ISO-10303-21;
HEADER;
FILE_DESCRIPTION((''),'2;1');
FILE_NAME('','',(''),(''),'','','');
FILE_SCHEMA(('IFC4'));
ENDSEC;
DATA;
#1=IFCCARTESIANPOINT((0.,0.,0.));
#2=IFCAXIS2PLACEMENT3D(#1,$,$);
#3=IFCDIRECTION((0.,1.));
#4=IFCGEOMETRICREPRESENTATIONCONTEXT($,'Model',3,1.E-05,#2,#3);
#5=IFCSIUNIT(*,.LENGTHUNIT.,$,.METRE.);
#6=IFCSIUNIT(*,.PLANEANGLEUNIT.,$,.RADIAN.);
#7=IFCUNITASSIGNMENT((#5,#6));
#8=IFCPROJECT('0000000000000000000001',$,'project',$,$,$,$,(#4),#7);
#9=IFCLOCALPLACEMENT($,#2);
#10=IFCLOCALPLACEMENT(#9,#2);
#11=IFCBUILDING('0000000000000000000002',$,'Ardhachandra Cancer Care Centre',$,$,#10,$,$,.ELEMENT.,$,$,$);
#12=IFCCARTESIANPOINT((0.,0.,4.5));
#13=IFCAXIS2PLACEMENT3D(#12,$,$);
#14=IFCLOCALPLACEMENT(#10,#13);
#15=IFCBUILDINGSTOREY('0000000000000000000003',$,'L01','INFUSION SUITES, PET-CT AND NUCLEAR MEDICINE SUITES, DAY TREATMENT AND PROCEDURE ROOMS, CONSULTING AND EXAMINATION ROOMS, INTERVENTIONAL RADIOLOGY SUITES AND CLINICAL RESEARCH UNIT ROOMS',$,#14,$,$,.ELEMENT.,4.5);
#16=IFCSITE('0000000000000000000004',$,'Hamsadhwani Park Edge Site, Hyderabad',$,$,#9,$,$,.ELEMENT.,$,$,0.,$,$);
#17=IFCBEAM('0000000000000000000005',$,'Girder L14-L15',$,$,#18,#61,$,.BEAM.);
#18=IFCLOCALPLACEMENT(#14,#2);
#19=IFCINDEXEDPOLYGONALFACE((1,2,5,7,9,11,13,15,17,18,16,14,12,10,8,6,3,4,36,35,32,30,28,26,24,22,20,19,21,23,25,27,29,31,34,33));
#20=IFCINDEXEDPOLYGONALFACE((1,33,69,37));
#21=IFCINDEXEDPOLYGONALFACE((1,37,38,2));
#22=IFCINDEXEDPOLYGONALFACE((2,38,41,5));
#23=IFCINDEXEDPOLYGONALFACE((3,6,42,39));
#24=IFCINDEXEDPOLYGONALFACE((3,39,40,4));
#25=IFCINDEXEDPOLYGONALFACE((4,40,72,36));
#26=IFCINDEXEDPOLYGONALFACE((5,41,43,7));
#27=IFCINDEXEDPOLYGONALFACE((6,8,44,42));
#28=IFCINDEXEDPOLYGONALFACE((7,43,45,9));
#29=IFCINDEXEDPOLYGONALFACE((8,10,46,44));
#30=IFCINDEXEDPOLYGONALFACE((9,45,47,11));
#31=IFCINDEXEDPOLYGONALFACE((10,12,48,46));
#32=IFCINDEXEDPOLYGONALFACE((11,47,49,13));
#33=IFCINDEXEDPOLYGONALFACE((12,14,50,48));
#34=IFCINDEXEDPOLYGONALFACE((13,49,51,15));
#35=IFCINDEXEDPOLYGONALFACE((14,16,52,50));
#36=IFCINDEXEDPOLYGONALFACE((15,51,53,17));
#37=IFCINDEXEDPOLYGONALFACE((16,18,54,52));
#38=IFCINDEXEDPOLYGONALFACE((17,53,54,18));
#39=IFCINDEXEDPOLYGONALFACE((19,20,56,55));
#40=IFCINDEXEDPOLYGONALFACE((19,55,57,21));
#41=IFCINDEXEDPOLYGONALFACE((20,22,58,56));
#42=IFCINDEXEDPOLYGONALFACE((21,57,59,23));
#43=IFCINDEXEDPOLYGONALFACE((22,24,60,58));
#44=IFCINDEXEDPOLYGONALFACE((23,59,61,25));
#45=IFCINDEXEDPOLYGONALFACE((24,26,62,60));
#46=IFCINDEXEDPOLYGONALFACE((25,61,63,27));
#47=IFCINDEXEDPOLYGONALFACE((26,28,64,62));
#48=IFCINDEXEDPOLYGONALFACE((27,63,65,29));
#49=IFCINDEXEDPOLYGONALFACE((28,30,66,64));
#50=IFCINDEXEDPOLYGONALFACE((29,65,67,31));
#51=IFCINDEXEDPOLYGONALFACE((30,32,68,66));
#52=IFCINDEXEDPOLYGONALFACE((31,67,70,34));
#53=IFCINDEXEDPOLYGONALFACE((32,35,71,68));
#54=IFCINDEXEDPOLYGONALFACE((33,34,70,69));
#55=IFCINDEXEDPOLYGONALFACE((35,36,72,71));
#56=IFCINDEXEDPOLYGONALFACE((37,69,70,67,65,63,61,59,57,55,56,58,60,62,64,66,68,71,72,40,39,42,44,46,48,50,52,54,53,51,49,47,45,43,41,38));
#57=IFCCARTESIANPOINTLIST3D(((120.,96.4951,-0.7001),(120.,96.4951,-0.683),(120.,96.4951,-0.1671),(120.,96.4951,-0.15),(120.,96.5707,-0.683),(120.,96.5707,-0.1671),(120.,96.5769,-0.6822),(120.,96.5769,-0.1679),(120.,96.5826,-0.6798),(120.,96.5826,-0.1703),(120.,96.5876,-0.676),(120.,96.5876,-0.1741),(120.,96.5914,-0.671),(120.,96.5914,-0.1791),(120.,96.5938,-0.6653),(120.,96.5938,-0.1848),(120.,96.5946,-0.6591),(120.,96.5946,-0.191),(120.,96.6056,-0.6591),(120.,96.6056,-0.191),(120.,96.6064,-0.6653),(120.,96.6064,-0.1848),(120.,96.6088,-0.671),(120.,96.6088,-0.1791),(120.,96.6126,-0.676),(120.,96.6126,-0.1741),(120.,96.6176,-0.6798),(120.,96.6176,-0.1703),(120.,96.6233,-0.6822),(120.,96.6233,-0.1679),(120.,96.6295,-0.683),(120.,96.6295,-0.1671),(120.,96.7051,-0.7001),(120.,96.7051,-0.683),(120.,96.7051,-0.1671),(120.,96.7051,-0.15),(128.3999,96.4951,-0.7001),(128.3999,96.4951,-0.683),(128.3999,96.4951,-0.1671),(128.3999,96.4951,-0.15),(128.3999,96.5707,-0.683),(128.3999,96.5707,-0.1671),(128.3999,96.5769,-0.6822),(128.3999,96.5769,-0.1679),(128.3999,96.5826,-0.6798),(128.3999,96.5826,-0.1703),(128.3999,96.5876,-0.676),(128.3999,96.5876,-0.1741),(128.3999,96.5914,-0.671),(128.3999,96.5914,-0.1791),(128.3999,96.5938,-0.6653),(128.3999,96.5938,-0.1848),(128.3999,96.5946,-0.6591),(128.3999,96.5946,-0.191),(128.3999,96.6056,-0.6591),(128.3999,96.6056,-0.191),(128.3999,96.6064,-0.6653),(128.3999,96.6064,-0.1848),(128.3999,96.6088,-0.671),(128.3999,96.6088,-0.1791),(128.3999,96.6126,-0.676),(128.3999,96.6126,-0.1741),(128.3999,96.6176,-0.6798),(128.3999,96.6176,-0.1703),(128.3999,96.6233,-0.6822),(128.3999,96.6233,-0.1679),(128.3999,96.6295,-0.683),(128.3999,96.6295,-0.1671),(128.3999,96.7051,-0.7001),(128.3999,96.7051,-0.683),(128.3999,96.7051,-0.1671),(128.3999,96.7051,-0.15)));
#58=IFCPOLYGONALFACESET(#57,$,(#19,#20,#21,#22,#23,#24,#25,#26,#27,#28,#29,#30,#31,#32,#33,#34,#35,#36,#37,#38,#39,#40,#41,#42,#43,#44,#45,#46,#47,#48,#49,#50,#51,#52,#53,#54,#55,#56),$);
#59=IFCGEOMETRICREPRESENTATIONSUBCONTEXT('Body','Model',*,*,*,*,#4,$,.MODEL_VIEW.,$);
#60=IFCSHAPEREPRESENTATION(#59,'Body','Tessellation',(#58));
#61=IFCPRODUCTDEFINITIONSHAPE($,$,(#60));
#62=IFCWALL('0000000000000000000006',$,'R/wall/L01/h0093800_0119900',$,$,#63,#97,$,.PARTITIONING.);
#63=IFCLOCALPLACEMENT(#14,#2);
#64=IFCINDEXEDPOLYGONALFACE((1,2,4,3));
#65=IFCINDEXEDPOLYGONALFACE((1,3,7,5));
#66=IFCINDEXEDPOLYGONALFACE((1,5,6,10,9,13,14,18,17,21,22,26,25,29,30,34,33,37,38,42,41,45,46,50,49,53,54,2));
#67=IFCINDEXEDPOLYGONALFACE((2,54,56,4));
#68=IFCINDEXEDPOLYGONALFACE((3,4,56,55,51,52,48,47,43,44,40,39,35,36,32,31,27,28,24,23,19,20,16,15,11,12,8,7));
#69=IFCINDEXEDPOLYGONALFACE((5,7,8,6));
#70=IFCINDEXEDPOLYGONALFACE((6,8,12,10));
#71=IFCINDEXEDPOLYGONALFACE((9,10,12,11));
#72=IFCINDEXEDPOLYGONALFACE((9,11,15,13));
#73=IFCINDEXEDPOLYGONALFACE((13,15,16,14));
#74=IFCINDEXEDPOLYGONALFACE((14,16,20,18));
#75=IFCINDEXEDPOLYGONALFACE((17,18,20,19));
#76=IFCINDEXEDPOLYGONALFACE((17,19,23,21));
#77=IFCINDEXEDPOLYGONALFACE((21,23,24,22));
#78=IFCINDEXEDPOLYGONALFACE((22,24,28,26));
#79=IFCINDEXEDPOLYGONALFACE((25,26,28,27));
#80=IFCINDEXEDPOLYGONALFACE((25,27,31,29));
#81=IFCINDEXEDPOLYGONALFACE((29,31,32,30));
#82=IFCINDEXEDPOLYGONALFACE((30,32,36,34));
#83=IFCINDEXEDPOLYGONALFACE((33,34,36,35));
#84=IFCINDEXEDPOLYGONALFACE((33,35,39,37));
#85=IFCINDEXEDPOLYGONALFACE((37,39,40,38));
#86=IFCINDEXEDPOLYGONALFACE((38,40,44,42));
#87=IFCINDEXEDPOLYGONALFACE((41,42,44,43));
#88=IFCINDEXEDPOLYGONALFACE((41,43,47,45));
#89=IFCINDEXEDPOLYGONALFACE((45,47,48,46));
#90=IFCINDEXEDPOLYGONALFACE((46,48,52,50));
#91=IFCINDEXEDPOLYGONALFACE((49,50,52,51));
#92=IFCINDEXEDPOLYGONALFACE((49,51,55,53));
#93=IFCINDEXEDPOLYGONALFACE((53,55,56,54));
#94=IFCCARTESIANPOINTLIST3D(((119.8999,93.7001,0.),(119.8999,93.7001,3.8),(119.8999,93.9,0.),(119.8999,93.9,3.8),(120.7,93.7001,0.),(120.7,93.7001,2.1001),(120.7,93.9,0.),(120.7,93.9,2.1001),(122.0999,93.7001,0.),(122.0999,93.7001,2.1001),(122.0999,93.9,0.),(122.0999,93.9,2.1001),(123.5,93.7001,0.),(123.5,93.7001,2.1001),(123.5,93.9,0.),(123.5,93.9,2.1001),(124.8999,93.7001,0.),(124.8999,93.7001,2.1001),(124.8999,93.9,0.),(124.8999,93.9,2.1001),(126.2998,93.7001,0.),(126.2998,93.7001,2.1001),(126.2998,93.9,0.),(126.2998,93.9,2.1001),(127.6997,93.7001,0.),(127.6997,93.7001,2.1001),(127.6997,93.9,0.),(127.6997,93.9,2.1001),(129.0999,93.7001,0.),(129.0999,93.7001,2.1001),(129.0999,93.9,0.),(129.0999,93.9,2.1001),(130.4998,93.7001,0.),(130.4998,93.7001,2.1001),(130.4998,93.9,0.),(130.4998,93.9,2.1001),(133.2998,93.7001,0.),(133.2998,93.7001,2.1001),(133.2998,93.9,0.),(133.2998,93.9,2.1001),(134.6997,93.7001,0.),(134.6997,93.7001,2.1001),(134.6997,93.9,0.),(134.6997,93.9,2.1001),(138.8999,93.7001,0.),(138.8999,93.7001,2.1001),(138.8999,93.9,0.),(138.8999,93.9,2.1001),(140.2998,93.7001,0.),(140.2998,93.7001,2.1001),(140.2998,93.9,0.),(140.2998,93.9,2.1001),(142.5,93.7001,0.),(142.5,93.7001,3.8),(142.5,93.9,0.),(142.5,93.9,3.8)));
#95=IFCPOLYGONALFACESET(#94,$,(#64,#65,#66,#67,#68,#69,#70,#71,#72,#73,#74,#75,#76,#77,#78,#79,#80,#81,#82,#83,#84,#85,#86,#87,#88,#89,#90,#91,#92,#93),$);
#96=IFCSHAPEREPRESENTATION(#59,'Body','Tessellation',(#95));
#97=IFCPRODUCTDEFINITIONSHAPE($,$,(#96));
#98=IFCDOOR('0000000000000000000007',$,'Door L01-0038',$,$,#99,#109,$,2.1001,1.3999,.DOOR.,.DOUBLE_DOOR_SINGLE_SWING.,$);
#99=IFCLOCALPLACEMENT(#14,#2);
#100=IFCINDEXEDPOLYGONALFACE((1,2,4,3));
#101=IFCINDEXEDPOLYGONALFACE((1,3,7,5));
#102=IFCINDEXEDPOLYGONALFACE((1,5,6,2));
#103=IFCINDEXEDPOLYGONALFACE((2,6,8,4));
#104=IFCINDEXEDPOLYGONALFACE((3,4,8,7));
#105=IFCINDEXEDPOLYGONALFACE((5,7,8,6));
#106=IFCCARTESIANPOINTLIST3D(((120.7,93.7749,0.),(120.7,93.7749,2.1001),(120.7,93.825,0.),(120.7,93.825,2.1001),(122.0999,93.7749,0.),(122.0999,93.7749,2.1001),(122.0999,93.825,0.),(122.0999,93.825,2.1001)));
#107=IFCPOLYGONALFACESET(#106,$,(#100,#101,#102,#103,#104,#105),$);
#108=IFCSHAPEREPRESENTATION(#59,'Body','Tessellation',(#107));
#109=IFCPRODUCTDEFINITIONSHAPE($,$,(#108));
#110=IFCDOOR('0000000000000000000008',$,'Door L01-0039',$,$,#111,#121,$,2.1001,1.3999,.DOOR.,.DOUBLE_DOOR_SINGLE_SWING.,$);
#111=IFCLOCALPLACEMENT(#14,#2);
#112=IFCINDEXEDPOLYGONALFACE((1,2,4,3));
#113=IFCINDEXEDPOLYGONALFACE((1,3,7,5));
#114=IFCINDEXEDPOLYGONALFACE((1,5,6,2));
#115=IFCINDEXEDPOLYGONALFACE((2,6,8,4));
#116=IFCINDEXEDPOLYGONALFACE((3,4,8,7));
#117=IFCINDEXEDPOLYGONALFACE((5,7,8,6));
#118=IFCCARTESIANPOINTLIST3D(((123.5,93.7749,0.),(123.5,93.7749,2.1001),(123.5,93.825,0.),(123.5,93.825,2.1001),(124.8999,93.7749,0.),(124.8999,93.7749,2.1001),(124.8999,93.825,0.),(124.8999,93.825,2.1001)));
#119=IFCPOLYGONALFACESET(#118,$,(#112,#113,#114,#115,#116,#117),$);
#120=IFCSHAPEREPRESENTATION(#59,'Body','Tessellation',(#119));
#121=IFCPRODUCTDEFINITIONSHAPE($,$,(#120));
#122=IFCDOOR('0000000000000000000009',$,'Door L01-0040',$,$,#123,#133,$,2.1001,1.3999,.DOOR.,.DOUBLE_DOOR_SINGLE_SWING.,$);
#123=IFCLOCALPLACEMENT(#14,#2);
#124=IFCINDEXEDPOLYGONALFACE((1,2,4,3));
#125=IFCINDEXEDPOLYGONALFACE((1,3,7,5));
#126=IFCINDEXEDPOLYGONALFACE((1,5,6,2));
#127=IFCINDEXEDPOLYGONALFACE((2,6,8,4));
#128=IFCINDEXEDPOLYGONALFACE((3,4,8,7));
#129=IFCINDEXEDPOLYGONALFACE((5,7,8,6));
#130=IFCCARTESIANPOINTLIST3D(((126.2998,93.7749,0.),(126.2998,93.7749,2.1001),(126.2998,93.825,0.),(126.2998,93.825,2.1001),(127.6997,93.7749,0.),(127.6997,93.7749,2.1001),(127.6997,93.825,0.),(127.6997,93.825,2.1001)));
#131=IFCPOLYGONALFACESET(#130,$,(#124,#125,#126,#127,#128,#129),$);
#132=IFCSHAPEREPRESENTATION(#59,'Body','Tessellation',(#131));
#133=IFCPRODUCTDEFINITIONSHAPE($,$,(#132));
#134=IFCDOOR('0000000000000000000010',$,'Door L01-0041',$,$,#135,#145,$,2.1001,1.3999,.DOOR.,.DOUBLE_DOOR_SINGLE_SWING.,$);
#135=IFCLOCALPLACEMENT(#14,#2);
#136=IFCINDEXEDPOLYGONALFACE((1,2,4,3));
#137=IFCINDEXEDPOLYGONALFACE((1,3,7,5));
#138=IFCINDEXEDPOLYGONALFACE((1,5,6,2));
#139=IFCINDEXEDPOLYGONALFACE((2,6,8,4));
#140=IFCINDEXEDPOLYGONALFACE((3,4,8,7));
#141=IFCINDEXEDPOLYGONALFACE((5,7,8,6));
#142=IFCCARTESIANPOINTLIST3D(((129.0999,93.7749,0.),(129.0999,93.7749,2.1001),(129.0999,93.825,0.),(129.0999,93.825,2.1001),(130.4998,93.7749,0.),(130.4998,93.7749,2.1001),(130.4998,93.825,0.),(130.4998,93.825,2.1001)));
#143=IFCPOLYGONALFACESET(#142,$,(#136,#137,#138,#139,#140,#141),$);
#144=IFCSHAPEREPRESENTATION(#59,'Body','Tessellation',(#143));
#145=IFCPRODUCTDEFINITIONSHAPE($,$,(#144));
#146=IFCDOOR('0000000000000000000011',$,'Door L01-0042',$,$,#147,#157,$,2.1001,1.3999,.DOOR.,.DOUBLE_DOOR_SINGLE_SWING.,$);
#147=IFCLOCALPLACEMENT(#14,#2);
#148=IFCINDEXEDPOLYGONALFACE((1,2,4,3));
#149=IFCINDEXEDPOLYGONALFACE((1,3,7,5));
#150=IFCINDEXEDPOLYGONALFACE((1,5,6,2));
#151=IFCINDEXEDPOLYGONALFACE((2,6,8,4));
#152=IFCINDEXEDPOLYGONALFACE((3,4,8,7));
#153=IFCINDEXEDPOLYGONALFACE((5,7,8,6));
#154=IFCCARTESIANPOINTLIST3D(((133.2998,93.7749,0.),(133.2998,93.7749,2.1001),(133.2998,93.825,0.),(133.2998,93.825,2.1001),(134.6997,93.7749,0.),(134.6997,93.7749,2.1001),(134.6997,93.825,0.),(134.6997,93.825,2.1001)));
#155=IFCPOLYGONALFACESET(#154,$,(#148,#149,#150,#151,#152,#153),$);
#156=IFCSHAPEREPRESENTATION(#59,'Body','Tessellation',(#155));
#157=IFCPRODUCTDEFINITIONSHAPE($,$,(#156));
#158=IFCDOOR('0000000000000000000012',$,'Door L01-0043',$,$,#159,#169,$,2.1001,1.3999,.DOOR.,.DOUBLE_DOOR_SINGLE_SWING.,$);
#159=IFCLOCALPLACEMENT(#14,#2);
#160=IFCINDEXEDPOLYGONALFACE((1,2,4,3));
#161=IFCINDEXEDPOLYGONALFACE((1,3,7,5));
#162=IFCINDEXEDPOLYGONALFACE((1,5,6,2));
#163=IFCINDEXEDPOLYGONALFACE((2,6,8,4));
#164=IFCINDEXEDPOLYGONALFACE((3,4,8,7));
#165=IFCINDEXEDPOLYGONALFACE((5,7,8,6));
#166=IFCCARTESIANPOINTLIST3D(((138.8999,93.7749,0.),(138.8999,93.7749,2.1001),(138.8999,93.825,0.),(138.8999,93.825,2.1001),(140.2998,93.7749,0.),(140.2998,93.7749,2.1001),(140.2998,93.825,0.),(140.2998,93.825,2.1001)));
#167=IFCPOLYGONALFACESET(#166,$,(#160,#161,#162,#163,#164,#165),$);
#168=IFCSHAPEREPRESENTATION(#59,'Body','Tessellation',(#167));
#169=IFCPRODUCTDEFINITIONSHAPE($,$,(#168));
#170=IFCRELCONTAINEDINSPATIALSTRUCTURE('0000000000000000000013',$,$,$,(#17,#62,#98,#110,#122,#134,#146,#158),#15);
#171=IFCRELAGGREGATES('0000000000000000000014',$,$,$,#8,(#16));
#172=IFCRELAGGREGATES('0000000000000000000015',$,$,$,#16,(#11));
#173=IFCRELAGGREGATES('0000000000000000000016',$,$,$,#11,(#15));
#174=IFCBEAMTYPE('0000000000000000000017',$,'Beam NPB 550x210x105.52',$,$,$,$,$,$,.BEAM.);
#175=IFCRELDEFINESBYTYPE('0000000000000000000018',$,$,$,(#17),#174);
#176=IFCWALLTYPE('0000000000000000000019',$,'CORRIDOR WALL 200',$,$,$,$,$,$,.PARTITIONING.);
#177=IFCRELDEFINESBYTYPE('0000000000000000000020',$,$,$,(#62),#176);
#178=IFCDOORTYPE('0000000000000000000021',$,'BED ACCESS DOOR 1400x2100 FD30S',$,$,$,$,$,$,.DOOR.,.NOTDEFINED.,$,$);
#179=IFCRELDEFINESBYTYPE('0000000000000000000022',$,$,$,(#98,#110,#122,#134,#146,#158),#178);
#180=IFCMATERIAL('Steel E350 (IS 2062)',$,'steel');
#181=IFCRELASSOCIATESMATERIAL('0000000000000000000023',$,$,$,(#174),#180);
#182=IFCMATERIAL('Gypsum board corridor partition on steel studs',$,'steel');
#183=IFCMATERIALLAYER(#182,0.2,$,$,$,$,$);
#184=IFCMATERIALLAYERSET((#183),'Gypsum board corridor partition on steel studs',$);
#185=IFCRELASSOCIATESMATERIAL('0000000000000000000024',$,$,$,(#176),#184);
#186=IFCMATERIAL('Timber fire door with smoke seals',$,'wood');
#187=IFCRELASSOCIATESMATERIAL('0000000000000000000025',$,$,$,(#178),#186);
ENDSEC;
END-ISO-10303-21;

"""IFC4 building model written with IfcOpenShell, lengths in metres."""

from ifc_helpers import new_model, si_unit, direction, frame, frame_2d, origin, origin_2d, place, context, subcontext, project, spatial, rectangle, i_section, extrude, material, layer, layer_set, material_profile, profile_set, type_object, element, fill, save


model = new_model("IFC4")

# Units and contexts
model_context = context("Model", 3, precision=1e-05, world=origin(), true_north=direction((0.0, 1.0)))
body_context = subcontext(model_context, "Body", "Model", "MODEL_VIEW")
ifc_project = project(units=[si_unit("LENGTHUNIT", "METRE"), si_unit("PLANEANGLEUNIT", "RADIAN")], contexts=[model_context])

# Site, building, storey
site_placement = place(None, origin())
site = spatial("IfcSite", under=ifc_project, at=site_placement, Name="Hamsadhwani Park Edge Site, Hyderabad", CompositionType="ELEMENT", RefElevation=0.0)
building_placement = place(site_placement, origin())
building = spatial("IfcBuilding", under=site, at=building_placement, Name="Ardhachandra Cancer Care Centre", CompositionType="ELEMENT")
storey_placement = place(building_placement, frame((0.0, 0.0, 4.5)))
storey = spatial("IfcBuildingStorey", under=building, at=storey_placement, Name="L01", Description="INFUSION SUITES, PET-CT AND NUCLEAR MEDICINE SUITES, DAY TREATMENT AND PROCEDURE ROOMS, CONSULTING AND EXAMINATION ROOMS, INTERVENTIONAL RADIOLOGY SUITES AND CLINICAL RESEARCH UNIT ROOMS", CompositionType="ELEMENT", Elevation=4.5)

# Beam
ifc_material_1 = material(Name="Steel E350 (IS 2062)", Category="steel")
ifc_material_profile = material_profile(ifc_material_1, i_section(OverallWidth=0.21, OverallDepth=0.55, WebThickness=0.011, FlangeThickness=0.0171, FilletRadius=0.0239, at=origin_2d()), Name="NPB 550x210x105.52")
ifc_profile_set = profile_set([ifc_material_profile], Name="Steel E350 (IS 2062)")
beam_type = type_object("IfcBeamType", Name="Beam NPB 550x210x105.52", PredefinedType="BEAM", material=ifc_profile_set)
beam_placement = place(storey_placement, frame((120.0, 96.6001, -0.425), z_axis=(1.0, 0.0, 0.0), x_axis=(0.0, 1.0, 0.0)))
element("IfcBeam", 1, at=beam_placement, inside=storey, type_object=beam_type, Name="Girder L14-L15", PredefinedType="BEAM", context=body_context, shape_type="SweptSolid", body=[
    extrude(i_section(OverallWidth=0.21, OverallDepth=0.55, WebThickness=0.011, FlangeThickness=0.0171, FilletRadius=0.0239, at=origin_2d()), origin(), (0.0, 0.0, 1.0), 8.3999),
])

# Wall, openings, doors
ifc_material_2 = material(Name="Gypsum board corridor partition on steel studs", Category="steel")
ifc_layer_1 = layer(ifc_material_2, 0.2)
ifc_layer_set_1 = layer_set([ifc_layer_1], Name="Gypsum board corridor partition on steel studs")
wall_type_1 = type_object("IfcWallType", Name="CORRIDOR WALL 200", PredefinedType="PARTITIONING", material=ifc_layer_set_1)
wall_1_placement = place(storey_placement, frame((119.8999, 93.8, 0.0), z_axis=(0.0, 0.0, 1.0), x_axis=(1.0, 0.0, 0.0)))
wall_1 = element("IfcWall", 2, at=wall_1_placement, inside=storey, type_object=wall_type_1, Name="R/wall/L01/h0093800_0119900", PredefinedType="PARTITIONING", context=body_context, shape_type="SweptSolid", body=[
    extrude(rectangle(XDim=22.6001, YDim=0.2, at=frame_2d((11.3, 0.0))), origin(), (0.0, 0.0, 1.0), 3.8),
])
opening_1_placement = place(wall_1_placement, frame((0.8, 0.0, 0.0)))
opening_1 = element("IfcOpeningElement", 3, at=opening_1_placement, cuts=wall_1, PredefinedType="OPENING", context=body_context, shape_type="SweptSolid", body=[
    extrude(rectangle(XDim=1.3999, YDim=2.1001, at=frame_2d((0.7, 1.05))), frame((0.0, 0.1099, 0.0), z_axis=(0.0, -1.0, 0.0), x_axis=(1.0, 0.0, 0.0)), (0.0, 0.0, 1.0), 0.22),
])
opening_2_placement = place(wall_1_placement, frame((3.6001, 0.0, 0.0)))
opening_2 = element("IfcOpeningElement", 4, at=opening_2_placement, cuts=wall_1, PredefinedType="OPENING", context=body_context, shape_type="SweptSolid", body=[
    extrude(rectangle(XDim=1.3999, YDim=2.1001, at=frame_2d((0.7, 1.05))), frame((0.0, 0.1099, 0.0), z_axis=(0.0, -1.0, 0.0), x_axis=(1.0, 0.0, 0.0)), (0.0, 0.0, 1.0), 0.22),
])
opening_3_placement = place(wall_1_placement, frame((6.3999, 0.0, 0.0)))
opening_3 = element("IfcOpeningElement", 5, at=opening_3_placement, cuts=wall_1, PredefinedType="OPENING", context=body_context, shape_type="SweptSolid", body=[
    extrude(rectangle(XDim=1.3999, YDim=2.1001, at=frame_2d((0.7, 1.05))), frame((0.0, 0.1099, 0.0), z_axis=(0.0, -1.0, 0.0), x_axis=(1.0, 0.0, 0.0)), (0.0, 0.0, 1.0), 0.22),
])
opening_4_placement = place(wall_1_placement, frame((9.2, 0.0, 0.0)))
opening_4 = element("IfcOpeningElement", 6, at=opening_4_placement, cuts=wall_1, PredefinedType="OPENING", context=body_context, shape_type="SweptSolid", body=[
    extrude(rectangle(XDim=1.3999, YDim=2.1001, at=frame_2d((0.7, 1.05))), frame((0.0, 0.1099, 0.0), z_axis=(0.0, -1.0, 0.0), x_axis=(1.0, 0.0, 0.0)), (0.0, 0.0, 1.0), 0.22),
])
opening_5_placement = place(wall_1_placement, frame((13.3999, 0.0, 0.0)))
opening_5 = element("IfcOpeningElement", 7, at=opening_5_placement, cuts=wall_1, PredefinedType="OPENING", context=body_context, shape_type="SweptSolid", body=[
    extrude(rectangle(XDim=1.3999, YDim=2.1001, at=frame_2d((0.7, 1.05))), frame((0.0, 0.1099, 0.0), z_axis=(0.0, -1.0, 0.0), x_axis=(1.0, 0.0, 0.0)), (0.0, 0.0, 1.0), 0.22),
])
opening_6_placement = place(wall_1_placement, frame((19.0, 0.0, 0.0)))
opening_6 = element("IfcOpeningElement", 8, at=opening_6_placement, cuts=wall_1, PredefinedType="OPENING", context=body_context, shape_type="SweptSolid", body=[
    extrude(rectangle(XDim=1.3999, YDim=2.1001, at=frame_2d((0.7, 1.05))), frame((0.0, 0.1099, 0.0), z_axis=(0.0, -1.0, 0.0), x_axis=(1.0, 0.0, 0.0)), (0.0, 0.0, 1.0), 0.22),
])
ifc_material_3 = material(Name="Timber fire door with smoke seals", Category="wood")
door_type_1 = type_object("IfcDoorType", Name="BED ACCESS DOOR 1400x2100 FD30S", OperationType="NOTDEFINED", PredefinedType="DOOR", material=ifc_material_3)
door_1_placement = place(opening_1_placement, origin())
door_1 = element("IfcDoor", 9, at=door_1_placement, inside=storey, type_object=door_type_1, Name="Door L01-0038", OperationType="DOUBLE_DOOR_SINGLE_SWING", OverallHeight=2.1001, OverallWidth=1.3999, PredefinedType="DOOR", context=body_context, shape_type="SweptSolid", body=[
    extrude(rectangle(XDim=1.3999, YDim=2.1001, at=frame_2d((0.7, 1.05))), frame((0.0, 0.0249, 0.0), z_axis=(0.0, -1.0, 0.0), x_axis=(1.0, 0.0, 0.0)), (0.0, 0.0, 1.0), 0.05),
])
fill(opening_1, door_1)
door_2_placement = place(opening_2_placement, origin())
door_2 = element("IfcDoor", 10, at=door_2_placement, inside=storey, type_object=door_type_1, Name="Door L01-0039", OperationType="DOUBLE_DOOR_SINGLE_SWING", OverallHeight=2.1001, OverallWidth=1.3999, PredefinedType="DOOR", context=body_context, shape_type="SweptSolid", body=[
    extrude(rectangle(XDim=1.3999, YDim=2.1001, at=frame_2d((0.7, 1.05))), frame((0.0, 0.0249, 0.0), z_axis=(0.0, -1.0, 0.0), x_axis=(1.0, 0.0, 0.0)), (0.0, 0.0, 1.0), 0.05),
])
fill(opening_2, door_2)
door_3_placement = place(opening_3_placement, origin())
door_3 = element("IfcDoor", 11, at=door_3_placement, inside=storey, type_object=door_type_1, Name="Door L01-0040", OperationType="DOUBLE_DOOR_SINGLE_SWING", OverallHeight=2.1001, OverallWidth=1.3999, PredefinedType="DOOR", context=body_context, shape_type="SweptSolid", body=[
    extrude(rectangle(XDim=1.3999, YDim=2.1001, at=frame_2d((0.7, 1.05))), frame((0.0, 0.0249, 0.0), z_axis=(0.0, -1.0, 0.0), x_axis=(1.0, 0.0, 0.0)), (0.0, 0.0, 1.0), 0.05),
])
fill(opening_3, door_3)
door_4_placement = place(opening_4_placement, origin())
door_4 = element("IfcDoor", 12, at=door_4_placement, inside=storey, type_object=door_type_1, Name="Door L01-0041", OperationType="DOUBLE_DOOR_SINGLE_SWING", OverallHeight=2.1001, OverallWidth=1.3999, PredefinedType="DOOR", context=body_context, shape_type="SweptSolid", body=[
    extrude(rectangle(XDim=1.3999, YDim=2.1001, at=frame_2d((0.7, 1.05))), frame((0.0, 0.0249, 0.0), z_axis=(0.0, -1.0, 0.0), x_axis=(1.0, 0.0, 0.0)), (0.0, 0.0, 1.0), 0.05),
])
fill(opening_4, door_4)
door_5_placement = place(opening_5_placement, origin())
door_5 = element("IfcDoor", 13, at=door_5_placement, inside=storey, type_object=door_type_1, Name="Door L01-0042", OperationType="DOUBLE_DOOR_SINGLE_SWING", OverallHeight=2.1001, OverallWidth=1.3999, PredefinedType="DOOR", context=body_context, shape_type="SweptSolid", body=[
    extrude(rectangle(XDim=1.3999, YDim=2.1001, at=frame_2d((0.7, 1.05))), frame((0.0, 0.0249, 0.0), z_axis=(0.0, -1.0, 0.0), x_axis=(1.0, 0.0, 0.0)), (0.0, 0.0, 1.0), 0.05),
])
fill(opening_5, door_5)
door_6_placement = place(opening_6_placement, origin())
door_6 = element("IfcDoor", 14, at=door_6_placement, inside=storey, type_object=door_type_1, Name="Door L01-0043", OperationType="DOUBLE_DOOR_SINGLE_SWING", OverallHeight=2.1001, OverallWidth=1.3999, PredefinedType="DOOR", context=body_context, shape_type="SweptSolid", body=[
    extrude(rectangle(XDim=1.3999, YDim=2.1001, at=frame_2d((0.7, 1.05))), frame((0.0, 0.0249, 0.0), z_axis=(0.0, -1.0, 0.0), x_axis=(1.0, 0.0, 0.0)), (0.0, 0.0, 1.0), 0.05),
])
fill(opening_6, door_6)

save(model, "model.ifc")
